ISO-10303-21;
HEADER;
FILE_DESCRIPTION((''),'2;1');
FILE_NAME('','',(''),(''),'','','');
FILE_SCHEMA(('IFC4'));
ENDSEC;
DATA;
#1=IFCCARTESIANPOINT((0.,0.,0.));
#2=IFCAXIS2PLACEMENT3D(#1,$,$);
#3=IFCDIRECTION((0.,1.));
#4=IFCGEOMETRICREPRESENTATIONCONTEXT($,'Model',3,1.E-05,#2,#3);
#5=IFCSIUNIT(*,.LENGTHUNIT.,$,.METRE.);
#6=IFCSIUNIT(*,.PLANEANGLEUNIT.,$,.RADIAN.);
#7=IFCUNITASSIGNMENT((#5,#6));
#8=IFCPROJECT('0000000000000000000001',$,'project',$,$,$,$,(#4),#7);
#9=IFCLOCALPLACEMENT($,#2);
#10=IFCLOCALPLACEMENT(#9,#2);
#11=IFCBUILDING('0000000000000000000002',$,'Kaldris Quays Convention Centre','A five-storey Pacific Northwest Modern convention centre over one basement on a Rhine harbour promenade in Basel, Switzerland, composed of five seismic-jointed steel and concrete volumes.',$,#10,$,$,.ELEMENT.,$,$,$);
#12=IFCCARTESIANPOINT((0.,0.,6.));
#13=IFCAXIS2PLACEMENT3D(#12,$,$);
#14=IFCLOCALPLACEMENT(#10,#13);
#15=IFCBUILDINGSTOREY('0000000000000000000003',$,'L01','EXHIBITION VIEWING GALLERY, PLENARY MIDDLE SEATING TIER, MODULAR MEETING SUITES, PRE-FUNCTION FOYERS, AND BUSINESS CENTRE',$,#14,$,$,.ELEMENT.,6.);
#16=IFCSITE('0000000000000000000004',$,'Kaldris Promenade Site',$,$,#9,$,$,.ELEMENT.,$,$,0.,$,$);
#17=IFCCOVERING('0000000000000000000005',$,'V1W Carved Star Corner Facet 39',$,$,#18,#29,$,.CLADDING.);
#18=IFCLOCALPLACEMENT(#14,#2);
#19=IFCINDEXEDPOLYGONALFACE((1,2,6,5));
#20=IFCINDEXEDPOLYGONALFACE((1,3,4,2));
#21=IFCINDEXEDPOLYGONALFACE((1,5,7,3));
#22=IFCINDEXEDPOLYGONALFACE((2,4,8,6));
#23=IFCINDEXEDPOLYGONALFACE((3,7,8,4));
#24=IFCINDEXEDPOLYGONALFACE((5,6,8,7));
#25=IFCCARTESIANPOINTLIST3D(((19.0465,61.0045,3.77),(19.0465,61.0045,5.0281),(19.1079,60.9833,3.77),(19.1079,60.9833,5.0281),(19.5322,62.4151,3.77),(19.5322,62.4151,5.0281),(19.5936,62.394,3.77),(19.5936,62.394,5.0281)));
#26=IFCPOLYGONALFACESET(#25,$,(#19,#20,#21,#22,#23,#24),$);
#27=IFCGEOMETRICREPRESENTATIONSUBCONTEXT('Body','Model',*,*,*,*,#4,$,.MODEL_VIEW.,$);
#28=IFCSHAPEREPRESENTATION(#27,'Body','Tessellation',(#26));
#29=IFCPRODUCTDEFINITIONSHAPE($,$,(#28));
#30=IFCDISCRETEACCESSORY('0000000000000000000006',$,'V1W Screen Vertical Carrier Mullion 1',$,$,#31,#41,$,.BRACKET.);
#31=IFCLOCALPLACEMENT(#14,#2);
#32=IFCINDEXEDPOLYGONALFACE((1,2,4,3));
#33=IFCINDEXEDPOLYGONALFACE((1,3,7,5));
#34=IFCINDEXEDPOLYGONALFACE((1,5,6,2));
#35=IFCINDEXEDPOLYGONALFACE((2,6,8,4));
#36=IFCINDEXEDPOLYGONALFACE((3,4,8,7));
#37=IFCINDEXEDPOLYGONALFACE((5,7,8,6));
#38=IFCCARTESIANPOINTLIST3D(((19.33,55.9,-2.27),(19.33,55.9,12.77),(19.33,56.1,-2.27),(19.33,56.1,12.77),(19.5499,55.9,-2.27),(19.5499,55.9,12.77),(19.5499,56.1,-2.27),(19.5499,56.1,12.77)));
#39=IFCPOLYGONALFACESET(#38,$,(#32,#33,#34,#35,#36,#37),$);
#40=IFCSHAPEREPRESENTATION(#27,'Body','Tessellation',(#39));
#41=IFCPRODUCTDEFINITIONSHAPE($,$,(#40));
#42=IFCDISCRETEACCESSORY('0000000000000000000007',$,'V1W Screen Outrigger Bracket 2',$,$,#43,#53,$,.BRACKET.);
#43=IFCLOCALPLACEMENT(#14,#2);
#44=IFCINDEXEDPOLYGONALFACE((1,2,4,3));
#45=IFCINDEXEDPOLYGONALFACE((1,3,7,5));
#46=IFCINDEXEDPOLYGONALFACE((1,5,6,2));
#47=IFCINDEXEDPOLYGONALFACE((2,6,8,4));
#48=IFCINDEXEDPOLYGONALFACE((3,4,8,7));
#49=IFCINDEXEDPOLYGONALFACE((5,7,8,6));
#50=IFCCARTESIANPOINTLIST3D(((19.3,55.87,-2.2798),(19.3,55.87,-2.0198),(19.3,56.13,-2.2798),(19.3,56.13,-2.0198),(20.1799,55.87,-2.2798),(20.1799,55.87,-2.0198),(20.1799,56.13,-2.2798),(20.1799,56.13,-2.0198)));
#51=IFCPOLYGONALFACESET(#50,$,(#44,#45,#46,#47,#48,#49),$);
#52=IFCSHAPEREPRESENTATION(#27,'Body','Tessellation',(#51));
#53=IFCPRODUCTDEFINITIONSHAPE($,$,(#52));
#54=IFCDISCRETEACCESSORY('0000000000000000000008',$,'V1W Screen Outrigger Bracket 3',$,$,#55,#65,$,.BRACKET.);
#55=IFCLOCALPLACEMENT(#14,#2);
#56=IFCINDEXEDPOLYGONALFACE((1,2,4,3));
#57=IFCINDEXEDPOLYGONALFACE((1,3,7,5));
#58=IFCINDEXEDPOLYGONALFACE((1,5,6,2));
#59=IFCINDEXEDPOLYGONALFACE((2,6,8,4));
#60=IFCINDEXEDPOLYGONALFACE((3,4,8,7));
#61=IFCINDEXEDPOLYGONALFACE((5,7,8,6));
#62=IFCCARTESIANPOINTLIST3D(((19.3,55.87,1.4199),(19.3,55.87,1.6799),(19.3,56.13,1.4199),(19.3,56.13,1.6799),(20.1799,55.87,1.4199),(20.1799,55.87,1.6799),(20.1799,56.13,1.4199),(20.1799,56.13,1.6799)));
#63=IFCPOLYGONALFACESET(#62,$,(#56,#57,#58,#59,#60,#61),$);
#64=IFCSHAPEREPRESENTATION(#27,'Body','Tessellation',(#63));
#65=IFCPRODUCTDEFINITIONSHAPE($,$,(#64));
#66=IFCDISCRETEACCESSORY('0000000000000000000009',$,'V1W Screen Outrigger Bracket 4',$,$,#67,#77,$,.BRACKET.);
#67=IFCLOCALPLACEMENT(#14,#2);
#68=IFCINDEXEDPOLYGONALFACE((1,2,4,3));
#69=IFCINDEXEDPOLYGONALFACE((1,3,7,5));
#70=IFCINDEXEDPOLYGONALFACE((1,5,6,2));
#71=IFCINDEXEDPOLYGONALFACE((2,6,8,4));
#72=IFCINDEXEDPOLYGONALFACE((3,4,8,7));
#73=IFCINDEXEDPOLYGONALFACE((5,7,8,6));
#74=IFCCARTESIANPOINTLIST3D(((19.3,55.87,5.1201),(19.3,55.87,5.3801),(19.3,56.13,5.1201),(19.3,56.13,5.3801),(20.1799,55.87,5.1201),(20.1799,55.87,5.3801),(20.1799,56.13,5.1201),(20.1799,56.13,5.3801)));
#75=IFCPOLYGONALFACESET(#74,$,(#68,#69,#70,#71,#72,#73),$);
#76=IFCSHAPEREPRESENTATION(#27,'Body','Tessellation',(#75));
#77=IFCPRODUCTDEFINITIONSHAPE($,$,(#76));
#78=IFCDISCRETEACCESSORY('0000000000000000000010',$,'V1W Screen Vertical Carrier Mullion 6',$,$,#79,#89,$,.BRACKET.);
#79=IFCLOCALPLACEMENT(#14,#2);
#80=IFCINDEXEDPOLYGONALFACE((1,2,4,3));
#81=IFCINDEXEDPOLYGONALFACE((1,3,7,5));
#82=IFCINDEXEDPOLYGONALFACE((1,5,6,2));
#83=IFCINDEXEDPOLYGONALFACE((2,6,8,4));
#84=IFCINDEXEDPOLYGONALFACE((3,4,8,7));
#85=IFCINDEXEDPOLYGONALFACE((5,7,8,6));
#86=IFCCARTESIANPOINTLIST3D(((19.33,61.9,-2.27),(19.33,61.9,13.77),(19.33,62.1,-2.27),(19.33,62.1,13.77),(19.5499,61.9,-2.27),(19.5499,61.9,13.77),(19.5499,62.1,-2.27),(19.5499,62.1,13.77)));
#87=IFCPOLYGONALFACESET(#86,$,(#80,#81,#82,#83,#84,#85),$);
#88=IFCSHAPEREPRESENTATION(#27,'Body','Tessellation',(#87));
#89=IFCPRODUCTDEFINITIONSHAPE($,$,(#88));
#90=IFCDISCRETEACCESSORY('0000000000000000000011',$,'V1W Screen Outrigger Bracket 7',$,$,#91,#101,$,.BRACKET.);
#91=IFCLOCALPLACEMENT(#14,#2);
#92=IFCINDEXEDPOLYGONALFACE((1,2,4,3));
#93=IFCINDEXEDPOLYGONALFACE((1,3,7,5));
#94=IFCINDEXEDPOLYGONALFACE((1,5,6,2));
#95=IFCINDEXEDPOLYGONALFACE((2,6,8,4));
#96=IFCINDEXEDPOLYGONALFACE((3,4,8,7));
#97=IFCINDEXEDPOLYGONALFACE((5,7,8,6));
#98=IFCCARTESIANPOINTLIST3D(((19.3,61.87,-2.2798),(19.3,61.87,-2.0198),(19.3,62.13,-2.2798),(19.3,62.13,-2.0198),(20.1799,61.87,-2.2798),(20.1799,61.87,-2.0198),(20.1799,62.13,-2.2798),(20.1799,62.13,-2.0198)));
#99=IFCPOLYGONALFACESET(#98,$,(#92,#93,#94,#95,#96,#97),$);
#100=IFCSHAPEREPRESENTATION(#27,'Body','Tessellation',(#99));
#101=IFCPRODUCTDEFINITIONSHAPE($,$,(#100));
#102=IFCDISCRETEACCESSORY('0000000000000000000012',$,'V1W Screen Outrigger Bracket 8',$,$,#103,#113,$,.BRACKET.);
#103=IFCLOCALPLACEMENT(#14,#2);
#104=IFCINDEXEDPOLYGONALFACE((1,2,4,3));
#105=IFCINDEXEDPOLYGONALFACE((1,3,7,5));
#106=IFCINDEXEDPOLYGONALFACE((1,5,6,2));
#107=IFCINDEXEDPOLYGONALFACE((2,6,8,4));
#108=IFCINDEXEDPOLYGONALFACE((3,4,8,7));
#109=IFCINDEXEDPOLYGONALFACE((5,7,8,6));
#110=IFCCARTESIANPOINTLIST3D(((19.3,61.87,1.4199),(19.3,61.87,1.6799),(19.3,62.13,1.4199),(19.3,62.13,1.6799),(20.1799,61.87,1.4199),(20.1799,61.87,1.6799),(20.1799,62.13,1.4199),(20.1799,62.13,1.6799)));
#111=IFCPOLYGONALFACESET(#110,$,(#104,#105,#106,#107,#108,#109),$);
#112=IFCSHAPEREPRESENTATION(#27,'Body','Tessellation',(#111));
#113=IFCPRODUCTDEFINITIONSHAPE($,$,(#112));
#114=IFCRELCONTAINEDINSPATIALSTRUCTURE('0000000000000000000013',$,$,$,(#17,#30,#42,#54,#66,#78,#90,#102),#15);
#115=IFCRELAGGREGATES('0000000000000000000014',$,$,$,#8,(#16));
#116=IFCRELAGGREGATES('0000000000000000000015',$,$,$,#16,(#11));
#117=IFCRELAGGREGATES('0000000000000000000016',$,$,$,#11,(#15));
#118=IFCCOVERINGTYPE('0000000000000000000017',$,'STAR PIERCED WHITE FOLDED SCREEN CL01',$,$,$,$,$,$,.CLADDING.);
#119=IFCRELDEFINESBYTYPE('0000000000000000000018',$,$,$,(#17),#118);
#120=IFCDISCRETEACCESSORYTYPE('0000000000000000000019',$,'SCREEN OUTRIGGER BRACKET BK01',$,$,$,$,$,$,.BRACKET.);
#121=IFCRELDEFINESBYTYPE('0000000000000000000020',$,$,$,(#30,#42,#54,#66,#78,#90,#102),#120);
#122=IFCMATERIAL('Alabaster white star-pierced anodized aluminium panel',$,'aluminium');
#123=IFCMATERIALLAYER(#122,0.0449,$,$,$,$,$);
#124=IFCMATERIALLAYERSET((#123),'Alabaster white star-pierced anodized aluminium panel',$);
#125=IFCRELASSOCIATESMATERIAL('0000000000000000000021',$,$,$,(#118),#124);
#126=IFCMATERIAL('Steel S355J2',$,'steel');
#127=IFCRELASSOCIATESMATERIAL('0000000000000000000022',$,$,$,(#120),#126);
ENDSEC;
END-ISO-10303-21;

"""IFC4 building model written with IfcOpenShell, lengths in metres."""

from ifc_helpers import new_model, si_unit, direction, frame, origin, origin_2d, place, context, subcontext, project, spatial, rectangle, extrude, material, layer, layer_set, type_object, element, save


model = new_model("IFC4")

# Units and contexts
model_context = context("Model", 3, precision=1e-05, world=origin(), true_north=direction((0.0, 1.0)))
body_context = subcontext(model_context, "Body", "Model", "MODEL_VIEW")
ifc_project = project(units=[si_unit("LENGTHUNIT", "METRE"), si_unit("PLANEANGLEUNIT", "RADIAN")], contexts=[model_context])

# Site, building, storey
site_placement = place(None, origin())
site = spatial("IfcSite", under=ifc_project, at=site_placement, Name="Kaldris Promenade Site", CompositionType="ELEMENT", RefElevation=0.0)
building_placement = place(site_placement, origin())
building = spatial("IfcBuilding", under=site, at=building_placement, Name="Kaldris Quays Convention Centre", Description="A five-storey Pacific Northwest Modern convention centre over one basement on a Rhine harbour promenade in Basel, Switzerland, composed of five seismic-jointed steel and concrete volumes.", CompositionType="ELEMENT")
storey_placement = place(building_placement, frame((0.0, 0.0, 6.0)))
storey = spatial("IfcBuildingStorey", under=building, at=storey_placement, Name="L01", Description="EXHIBITION VIEWING GALLERY, PLENARY MIDDLE SEATING TIER, MODULAR MEETING SUITES, PRE-FUNCTION FOYERS, AND BUSINESS CENTRE", CompositionType="ELEMENT", Elevation=6.0)

# Covering
ifc_material_1 = material(Name="Alabaster white star-pierced anodized aluminium panel", Category="aluminium")
ifc_layer = layer(ifc_material_1, 0.0449)
ifc_layer_set = layer_set([ifc_layer], Name="Alabaster white star-pierced anodized aluminium panel")
covering_type = type_object("IfcCoveringType", Name="STAR PIERCED WHITE FOLDED SCREEN CL01", PredefinedType="CLADDING", material=ifc_layer_set)
for number, where, z_axis, x_axis, name in (
    (1, (19.3201, 61.6992, 3.77), (0.0, 0.0, 1.0), (0.325568, 0.945519, 0.0), "V1W Carved Star Corner Facet 39"),
):
    element("IfcCovering", number, at=place(storey_placement, frame(where, z_axis=z_axis, x_axis=x_axis)), inside=storey, type_object=covering_type, Name=name, PredefinedType="CLADDING", context=body_context, shape_type="SweptSolid", body=[
        extrude(rectangle(XDim=1.4919, YDim=0.0649, at=origin_2d()), origin(), (0.0, 0.0, 1.0), 1.2581),
    ])

# Discrete accessories
ifc_material_2 = material(Name="Steel S355J2", Category="steel")
discrete_accessory_type = type_object("IfcDiscreteAccessoryType", Name="SCREEN OUTRIGGER BRACKET BK01", PredefinedType="BRACKET", material=ifc_material_2)
discrete_accessory_1_placement = place(storey_placement, frame((19.4399, 56.0, -2.27), z_axis=(0.0, 0.0, 1.0), x_axis=(0.0, 1.0, 0.0)))
element("IfcDiscreteAccessory", 2, at=discrete_accessory_1_placement, inside=storey, type_object=discrete_accessory_type, Name="V1W Screen Vertical Carrier Mullion 1", PredefinedType="BRACKET", context=body_context, shape_type="SweptSolid", body=[
    extrude(rectangle(XDim=0.2, YDim=0.22, at=origin_2d()), origin(), (0.0, 0.0, 1.0), 15.04),
])
for number, where, z_axis, x_axis, name in (
    (3, (19.74, 56.0, -2.2798), (0.0, 0.0, 1.0), (0.0, 1.0, 0.0), "V1W Screen Outrigger Bracket 2"),
    (4, (19.74, 56.0, 1.4199), (0.0, 0.0, 1.0), (0.0, 1.0, 0.0), "V1W Screen Outrigger Bracket 3"),
    (5, (19.74, 56.0, 5.1201), (0.0, 0.0, 1.0), (0.0, 1.0, 0.0), "V1W Screen Outrigger Bracket 4"),
):
    element("IfcDiscreteAccessory", number, at=place(storey_placement, frame(where, z_axis=z_axis, x_axis=x_axis)), inside=storey, type_object=discrete_accessory_type, Name=name, PredefinedType="BRACKET", context=body_context, shape_type="SweptSolid", body=[
        extrude(rectangle(XDim=0.26, YDim=0.8799, at=origin_2d()), origin(), (0.0, 0.0, 1.0), 0.26),
    ])
discrete_accessory_2_placement = place(storey_placement, frame((19.4399, 62.0, -2.27), z_axis=(0.0, 0.0, 1.0), x_axis=(0.0, 1.0, 0.0)))
element("IfcDiscreteAccessory", 6, at=discrete_accessory_2_placement, inside=storey, type_object=discrete_accessory_type, Name="V1W Screen Vertical Carrier Mullion 6", PredefinedType="BRACKET", context=body_context, shape_type="SweptSolid", body=[
    extrude(rectangle(XDim=0.2, YDim=0.22, at=origin_2d()), origin(), (0.0, 0.0, 1.0), 16.04),
])
for number, where, z_axis, x_axis, name in (
    (7, (19.74, 62.0, -2.2798), (0.0, 0.0, 1.0), (0.0, 1.0, 0.0), "V1W Screen Outrigger Bracket 7"),
    (8, (19.74, 62.0, 1.4199), (0.0, 0.0, 1.0), (0.0, 1.0, 0.0), "V1W Screen Outrigger Bracket 8"),
):
    element("IfcDiscreteAccessory", number, at=place(storey_placement, frame(where, z_axis=z_axis, x_axis=x_axis)), inside=storey, type_object=discrete_accessory_type, Name=name, PredefinedType="BRACKET", context=body_context, shape_type="SweptSolid", body=[
        extrude(rectangle(XDim=0.26, YDim=0.8799, at=origin_2d()), origin(), (0.0, 0.0, 1.0), 0.26),
    ])

save(model, "model.ifc")
